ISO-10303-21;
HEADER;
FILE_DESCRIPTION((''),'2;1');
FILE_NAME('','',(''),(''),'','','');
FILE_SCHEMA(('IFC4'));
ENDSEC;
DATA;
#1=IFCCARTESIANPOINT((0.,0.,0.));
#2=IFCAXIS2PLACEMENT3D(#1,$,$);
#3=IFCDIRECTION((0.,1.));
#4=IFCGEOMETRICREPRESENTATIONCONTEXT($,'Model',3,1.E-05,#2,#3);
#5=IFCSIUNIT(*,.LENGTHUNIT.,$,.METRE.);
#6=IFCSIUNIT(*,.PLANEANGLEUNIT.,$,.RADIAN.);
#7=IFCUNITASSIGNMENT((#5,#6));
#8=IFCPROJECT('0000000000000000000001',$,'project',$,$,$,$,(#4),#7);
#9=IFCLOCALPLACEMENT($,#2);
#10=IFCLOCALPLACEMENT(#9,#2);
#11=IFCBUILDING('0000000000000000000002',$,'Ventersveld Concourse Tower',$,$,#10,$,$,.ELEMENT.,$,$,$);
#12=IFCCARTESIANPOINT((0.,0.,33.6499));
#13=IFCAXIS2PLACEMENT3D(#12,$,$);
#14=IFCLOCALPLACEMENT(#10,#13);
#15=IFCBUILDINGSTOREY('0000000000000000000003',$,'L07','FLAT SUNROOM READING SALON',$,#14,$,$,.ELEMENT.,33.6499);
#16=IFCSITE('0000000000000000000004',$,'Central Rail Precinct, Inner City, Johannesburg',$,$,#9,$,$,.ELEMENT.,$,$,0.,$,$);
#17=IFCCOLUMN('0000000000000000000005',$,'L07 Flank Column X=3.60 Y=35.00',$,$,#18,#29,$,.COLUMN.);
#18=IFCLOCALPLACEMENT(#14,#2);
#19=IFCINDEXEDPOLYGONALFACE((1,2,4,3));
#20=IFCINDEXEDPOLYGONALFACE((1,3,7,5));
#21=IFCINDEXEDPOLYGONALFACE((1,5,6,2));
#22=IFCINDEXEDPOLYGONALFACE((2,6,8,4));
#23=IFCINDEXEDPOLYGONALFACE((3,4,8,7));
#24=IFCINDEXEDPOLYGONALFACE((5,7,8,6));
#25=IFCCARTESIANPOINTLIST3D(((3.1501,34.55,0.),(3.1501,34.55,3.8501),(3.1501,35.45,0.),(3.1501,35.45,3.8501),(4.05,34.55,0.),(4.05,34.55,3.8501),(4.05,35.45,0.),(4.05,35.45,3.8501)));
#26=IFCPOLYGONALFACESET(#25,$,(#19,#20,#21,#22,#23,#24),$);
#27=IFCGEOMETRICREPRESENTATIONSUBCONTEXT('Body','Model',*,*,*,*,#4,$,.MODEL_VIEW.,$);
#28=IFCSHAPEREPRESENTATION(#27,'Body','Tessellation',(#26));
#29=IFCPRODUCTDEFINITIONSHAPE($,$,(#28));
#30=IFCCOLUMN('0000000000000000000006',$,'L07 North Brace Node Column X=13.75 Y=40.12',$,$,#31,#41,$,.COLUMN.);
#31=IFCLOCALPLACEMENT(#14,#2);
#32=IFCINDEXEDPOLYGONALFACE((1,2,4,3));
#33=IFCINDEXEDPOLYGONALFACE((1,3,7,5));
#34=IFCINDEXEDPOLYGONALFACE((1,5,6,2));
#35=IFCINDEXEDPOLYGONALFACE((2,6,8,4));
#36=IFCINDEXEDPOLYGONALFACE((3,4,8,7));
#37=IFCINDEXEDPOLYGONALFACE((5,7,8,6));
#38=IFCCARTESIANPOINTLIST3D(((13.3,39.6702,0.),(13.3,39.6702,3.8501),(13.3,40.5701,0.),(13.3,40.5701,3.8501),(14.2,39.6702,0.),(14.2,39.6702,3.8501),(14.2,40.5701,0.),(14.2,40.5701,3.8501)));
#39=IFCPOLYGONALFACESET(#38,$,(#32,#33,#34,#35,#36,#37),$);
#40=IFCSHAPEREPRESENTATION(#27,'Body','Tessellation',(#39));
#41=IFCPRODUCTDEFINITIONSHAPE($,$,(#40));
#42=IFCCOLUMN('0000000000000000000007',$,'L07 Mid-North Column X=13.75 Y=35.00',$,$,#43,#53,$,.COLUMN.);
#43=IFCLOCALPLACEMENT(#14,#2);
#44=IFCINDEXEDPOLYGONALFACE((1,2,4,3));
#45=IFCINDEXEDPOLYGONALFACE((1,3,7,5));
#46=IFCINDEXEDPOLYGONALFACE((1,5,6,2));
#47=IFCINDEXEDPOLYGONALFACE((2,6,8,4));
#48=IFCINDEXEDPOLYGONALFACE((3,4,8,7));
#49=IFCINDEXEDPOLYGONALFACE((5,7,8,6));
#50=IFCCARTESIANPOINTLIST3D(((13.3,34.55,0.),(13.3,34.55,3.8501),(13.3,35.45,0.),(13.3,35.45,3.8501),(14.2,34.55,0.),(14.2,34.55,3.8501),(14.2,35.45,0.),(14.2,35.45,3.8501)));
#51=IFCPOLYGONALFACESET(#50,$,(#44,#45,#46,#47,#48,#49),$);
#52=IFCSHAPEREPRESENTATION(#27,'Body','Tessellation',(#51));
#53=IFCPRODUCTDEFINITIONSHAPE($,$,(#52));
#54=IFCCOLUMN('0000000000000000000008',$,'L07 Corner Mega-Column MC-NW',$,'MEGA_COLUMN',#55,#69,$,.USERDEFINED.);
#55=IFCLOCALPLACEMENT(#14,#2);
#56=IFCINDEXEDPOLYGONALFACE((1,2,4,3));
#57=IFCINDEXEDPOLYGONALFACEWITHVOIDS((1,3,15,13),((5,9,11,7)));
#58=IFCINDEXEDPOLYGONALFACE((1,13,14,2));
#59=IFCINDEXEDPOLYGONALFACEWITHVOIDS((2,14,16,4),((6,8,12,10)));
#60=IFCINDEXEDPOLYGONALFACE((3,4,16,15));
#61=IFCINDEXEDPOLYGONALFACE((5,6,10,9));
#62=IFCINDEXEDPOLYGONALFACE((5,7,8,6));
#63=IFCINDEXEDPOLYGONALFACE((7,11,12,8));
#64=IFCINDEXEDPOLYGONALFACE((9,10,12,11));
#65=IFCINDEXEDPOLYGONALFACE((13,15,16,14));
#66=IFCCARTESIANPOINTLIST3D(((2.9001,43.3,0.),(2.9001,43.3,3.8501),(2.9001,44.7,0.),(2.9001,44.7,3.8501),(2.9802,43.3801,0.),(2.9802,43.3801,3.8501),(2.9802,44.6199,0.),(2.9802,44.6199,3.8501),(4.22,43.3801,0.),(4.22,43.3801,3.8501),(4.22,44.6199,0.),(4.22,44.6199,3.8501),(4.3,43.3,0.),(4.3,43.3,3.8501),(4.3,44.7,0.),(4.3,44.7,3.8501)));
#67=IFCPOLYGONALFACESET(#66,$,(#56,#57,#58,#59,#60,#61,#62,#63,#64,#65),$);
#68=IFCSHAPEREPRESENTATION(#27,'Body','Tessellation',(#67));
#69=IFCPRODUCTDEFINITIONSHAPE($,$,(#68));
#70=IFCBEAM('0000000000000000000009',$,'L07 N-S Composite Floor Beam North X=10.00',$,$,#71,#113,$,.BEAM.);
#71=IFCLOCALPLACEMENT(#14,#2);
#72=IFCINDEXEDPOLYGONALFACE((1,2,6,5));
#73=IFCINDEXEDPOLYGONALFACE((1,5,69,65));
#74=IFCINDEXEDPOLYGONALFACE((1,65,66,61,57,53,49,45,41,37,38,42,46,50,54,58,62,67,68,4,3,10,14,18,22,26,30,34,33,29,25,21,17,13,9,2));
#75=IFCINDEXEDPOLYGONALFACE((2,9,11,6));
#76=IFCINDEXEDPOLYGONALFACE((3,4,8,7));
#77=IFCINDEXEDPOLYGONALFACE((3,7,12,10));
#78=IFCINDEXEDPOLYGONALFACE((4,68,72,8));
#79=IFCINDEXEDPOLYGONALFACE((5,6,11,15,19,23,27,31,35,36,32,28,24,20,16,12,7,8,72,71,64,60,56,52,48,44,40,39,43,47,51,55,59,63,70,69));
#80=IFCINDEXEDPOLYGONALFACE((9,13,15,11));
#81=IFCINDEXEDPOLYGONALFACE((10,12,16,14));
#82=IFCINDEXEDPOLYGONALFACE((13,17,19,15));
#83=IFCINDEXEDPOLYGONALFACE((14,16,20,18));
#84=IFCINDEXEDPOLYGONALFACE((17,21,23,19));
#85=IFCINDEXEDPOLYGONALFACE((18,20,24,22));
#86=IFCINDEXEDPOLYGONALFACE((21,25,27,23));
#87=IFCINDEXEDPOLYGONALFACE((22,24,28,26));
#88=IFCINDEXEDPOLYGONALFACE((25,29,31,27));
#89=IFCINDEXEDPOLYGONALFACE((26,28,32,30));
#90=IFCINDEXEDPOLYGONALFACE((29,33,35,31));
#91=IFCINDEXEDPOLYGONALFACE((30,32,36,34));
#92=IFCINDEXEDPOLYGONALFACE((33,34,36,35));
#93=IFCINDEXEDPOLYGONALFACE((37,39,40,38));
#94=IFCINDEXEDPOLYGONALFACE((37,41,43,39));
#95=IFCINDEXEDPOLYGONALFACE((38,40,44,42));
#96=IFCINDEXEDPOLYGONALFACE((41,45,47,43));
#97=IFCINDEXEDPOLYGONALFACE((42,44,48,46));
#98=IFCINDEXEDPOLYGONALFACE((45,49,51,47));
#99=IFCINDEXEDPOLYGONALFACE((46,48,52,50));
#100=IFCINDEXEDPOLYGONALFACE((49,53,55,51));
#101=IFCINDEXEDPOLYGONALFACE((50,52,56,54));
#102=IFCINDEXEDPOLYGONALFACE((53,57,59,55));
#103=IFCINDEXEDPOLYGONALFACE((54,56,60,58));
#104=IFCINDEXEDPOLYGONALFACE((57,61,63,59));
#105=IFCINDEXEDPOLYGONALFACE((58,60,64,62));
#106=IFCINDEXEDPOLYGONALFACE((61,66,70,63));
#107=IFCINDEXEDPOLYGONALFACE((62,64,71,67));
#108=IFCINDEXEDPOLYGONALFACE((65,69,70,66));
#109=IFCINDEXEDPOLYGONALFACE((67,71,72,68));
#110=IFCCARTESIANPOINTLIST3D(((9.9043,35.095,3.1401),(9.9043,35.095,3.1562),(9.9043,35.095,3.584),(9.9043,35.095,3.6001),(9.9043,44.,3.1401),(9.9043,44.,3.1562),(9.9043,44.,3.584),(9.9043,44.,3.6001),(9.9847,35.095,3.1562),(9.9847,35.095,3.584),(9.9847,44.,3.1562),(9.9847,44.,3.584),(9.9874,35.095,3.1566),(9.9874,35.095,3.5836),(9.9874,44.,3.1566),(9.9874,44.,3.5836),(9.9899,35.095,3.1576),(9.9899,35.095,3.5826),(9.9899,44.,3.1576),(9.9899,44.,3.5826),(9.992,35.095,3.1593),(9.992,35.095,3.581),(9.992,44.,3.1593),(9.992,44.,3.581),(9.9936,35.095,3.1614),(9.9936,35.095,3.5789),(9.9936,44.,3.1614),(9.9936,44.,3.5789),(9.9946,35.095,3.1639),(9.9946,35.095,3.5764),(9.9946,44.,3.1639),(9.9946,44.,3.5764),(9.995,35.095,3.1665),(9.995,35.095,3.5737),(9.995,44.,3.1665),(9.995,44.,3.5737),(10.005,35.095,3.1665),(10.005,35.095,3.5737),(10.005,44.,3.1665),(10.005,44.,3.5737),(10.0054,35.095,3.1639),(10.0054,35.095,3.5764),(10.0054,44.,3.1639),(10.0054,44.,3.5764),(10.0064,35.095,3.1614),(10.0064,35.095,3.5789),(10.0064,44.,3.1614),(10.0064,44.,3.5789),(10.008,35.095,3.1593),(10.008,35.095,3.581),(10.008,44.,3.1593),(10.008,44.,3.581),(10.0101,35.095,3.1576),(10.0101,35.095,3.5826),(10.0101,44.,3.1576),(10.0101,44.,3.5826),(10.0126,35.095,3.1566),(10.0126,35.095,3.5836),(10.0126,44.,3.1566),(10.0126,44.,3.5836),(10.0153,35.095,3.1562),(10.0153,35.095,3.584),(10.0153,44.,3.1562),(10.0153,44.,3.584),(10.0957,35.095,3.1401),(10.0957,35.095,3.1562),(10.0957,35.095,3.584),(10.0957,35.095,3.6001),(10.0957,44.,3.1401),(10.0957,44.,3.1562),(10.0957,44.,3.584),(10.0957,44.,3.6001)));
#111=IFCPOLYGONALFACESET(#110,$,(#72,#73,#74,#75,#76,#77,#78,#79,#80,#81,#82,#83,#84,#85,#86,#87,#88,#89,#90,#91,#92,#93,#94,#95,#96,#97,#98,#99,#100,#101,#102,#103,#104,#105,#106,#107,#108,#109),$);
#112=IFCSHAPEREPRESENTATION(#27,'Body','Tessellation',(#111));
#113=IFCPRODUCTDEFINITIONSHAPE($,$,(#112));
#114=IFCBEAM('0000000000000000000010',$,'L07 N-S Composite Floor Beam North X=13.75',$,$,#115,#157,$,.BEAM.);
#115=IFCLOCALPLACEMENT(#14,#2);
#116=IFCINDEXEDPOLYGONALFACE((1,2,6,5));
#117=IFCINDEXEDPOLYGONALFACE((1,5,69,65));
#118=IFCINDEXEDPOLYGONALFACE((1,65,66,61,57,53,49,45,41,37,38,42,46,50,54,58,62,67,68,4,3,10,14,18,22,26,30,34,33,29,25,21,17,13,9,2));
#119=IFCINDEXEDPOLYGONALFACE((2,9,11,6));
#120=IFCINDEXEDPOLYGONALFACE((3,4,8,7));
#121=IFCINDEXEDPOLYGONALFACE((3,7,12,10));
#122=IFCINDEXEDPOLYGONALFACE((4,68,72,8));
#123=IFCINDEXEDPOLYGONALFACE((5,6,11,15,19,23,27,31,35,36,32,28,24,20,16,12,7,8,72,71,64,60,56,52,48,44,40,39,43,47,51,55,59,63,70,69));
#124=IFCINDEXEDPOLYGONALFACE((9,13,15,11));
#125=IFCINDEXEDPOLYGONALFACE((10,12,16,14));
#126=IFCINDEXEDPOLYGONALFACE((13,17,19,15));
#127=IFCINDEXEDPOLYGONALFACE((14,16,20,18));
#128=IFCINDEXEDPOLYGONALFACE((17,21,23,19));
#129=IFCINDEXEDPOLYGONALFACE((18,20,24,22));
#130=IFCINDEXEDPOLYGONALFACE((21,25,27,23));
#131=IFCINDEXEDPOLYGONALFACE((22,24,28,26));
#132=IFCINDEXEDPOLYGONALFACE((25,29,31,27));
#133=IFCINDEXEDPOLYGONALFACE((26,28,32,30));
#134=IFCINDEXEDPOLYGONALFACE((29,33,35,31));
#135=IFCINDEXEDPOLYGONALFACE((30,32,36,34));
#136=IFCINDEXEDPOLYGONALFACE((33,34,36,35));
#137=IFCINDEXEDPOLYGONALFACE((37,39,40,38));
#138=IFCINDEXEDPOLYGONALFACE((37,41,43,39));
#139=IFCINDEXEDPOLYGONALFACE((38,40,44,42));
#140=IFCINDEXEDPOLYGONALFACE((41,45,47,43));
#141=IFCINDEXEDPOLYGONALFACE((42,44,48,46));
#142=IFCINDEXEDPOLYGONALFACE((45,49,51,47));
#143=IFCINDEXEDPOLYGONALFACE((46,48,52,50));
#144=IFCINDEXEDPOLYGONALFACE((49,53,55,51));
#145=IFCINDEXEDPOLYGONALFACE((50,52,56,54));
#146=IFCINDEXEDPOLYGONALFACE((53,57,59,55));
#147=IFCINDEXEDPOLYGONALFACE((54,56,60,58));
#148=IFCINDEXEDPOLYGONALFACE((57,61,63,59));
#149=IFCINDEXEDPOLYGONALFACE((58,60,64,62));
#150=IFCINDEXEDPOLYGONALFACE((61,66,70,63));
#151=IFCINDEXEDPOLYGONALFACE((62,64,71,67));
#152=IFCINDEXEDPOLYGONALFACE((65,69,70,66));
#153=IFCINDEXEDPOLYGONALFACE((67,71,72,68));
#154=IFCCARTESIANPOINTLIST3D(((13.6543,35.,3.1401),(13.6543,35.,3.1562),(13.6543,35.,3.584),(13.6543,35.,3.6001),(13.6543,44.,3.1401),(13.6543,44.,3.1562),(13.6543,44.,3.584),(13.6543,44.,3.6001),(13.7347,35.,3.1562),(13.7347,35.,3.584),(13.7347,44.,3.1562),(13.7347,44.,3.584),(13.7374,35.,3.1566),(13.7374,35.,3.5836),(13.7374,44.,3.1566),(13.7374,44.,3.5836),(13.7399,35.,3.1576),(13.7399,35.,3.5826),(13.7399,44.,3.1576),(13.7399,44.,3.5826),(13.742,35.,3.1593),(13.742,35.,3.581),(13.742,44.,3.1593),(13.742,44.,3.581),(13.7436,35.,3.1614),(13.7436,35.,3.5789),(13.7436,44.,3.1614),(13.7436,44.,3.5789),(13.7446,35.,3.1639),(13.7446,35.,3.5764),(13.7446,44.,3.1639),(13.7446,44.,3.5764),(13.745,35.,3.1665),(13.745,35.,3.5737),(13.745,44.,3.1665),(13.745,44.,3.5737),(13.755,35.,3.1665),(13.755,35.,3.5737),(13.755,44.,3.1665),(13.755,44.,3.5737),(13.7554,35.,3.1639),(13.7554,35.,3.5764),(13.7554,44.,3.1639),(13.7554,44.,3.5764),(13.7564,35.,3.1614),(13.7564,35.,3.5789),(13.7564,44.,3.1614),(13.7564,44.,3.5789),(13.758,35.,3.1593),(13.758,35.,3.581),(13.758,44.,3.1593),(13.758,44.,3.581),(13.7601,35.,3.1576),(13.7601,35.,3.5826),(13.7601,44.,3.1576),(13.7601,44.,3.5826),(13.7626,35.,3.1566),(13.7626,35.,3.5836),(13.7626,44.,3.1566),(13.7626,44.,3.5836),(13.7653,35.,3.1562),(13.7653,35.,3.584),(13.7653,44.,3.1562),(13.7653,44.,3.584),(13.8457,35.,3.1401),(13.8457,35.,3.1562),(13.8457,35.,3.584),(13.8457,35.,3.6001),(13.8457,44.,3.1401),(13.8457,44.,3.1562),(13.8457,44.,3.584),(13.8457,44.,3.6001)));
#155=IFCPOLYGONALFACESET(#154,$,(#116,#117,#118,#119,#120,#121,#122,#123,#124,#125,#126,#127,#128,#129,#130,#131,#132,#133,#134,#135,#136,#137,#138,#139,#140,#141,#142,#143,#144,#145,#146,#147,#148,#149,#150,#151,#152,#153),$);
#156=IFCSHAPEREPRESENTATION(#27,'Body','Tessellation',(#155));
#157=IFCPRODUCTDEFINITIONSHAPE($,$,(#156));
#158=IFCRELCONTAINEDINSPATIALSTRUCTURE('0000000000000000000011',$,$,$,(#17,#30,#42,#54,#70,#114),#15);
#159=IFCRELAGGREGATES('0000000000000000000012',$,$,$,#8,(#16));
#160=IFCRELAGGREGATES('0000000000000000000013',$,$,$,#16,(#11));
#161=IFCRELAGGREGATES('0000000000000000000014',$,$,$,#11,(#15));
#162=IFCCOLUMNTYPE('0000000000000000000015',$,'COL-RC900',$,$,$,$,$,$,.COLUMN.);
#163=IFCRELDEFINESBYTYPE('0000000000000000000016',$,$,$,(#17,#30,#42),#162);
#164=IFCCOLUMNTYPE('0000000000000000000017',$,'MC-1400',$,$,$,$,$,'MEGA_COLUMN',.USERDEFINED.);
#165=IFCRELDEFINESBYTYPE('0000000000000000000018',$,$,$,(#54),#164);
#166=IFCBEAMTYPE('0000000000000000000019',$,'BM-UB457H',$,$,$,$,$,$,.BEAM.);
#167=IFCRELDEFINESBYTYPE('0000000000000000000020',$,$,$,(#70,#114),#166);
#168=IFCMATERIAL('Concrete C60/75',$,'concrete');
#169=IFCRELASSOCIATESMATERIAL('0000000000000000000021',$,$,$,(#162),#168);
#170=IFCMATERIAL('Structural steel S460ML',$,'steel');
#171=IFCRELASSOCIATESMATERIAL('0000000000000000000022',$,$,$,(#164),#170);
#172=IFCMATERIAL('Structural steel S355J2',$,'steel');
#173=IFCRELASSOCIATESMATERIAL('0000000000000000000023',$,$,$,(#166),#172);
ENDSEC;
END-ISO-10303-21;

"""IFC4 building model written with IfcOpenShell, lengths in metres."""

from ifc_helpers import new_model, si_unit, direction, frame, origin, origin_2d, place, context, subcontext, project, spatial, rectangle, hollow_rectangle, i_section, extrude, material, material_profile, profile_set, type_object, element, save


model = new_model("IFC4")

# Units and contexts
model_context = context("Model", 3, precision=1e-05, world=origin(), true_north=direction((0.0, 1.0)))
body_context = subcontext(model_context, "Body", "Model", "MODEL_VIEW")
ifc_project = project(units=[si_unit("LENGTHUNIT", "METRE"), si_unit("PLANEANGLEUNIT", "RADIAN")], contexts=[model_context])

# Site, building, storey
site_placement = place(None, origin())
site = spatial("IfcSite", under=ifc_project, at=site_placement, Name="Central Rail Precinct, Inner City, Johannesburg", CompositionType="ELEMENT", RefElevation=0.0)
building_placement = place(site_placement, origin())
building = spatial("IfcBuilding", under=site, at=building_placement, Name="Ventersveld Concourse Tower", CompositionType="ELEMENT")
storey_placement = place(building_placement, frame((0.0, 0.0, 33.6499)))
storey = spatial("IfcBuildingStorey", under=building, at=storey_placement, Name="L07", Description="FLAT SUNROOM READING SALON", CompositionType="ELEMENT", Elevation=33.6499)

# Columns
ifc_material_1 = material(Name="Concrete C60/75", Category="concrete")
ifc_material_profile_1 = material_profile(ifc_material_1, rectangle(XDim=0.8999, YDim=0.8999, at=origin_2d()), Name="RC 900x900")
ifc_profile_set_1 = profile_set([ifc_material_profile_1], Name="Concrete C60/75")
column_type_1 = type_object("IfcColumnType", Name="COL-RC900", PredefinedType="COLUMN", material=ifc_profile_set_1)
for number, where, z_axis, x_axis, name in (
    (1, (3.6001, 35.0, 0.0), (0.0, 0.0, 1.0), (1.0, 0.0, 0.0), "L07 Flank Column X=3.60 Y=35.00"),
    (2, (13.75, 40.1201, 0.0), (0.0, 0.0, 1.0), (1.0, 0.0, 0.0), "L07 North Brace Node Column X=13.75 Y=40.12"),
    (3, (13.75, 35.0, 0.0), (0.0, 0.0, 1.0), (1.0, 0.0, 0.0), "L07 Mid-North Column X=13.75 Y=35.00"),
):
    element("IfcColumn", number, at=place(storey_placement, frame(where, z_axis=z_axis, x_axis=x_axis)), inside=storey, type_object=column_type_1, Name=name, PredefinedType="COLUMN", context=body_context, shape_type="SweptSolid", body=[
        extrude(rectangle(XDim=0.8999, YDim=0.8999, at=origin_2d()), origin(), (0.0, 0.0, 1.0), 3.8501),
    ])
ifc_material_2 = material(Name="Structural steel S460ML", Category="steel")
ifc_material_profile_2 = material_profile(ifc_material_2, hollow_rectangle(XDim=1.3999, YDim=1.3999, WallThickness=0.0801, at=origin_2d()), Name="BOX 1400x1400x80")
ifc_profile_set_2 = profile_set([ifc_material_profile_2], Name="Structural steel S460ML")
column_type_2 = type_object("IfcColumnType", Name="MC-1400", ElementType="MEGA_COLUMN", PredefinedType="USERDEFINED", material=ifc_profile_set_2)
column_placement = place(storey_placement, frame((3.6001, 44.0, 0.0), z_axis=(0.0, 0.0, 1.0), x_axis=(1.0, 0.0, 0.0)))
element("IfcColumn", 4, at=column_placement, inside=storey, type_object=column_type_2, Name="L07 Corner Mega-Column MC-NW", ObjectType="MEGA_COLUMN", PredefinedType="USERDEFINED", context=body_context, shape_type="SweptSolid", body=[
    extrude(hollow_rectangle(XDim=1.3999, YDim=1.3999, WallThickness=0.0801, at=origin_2d()), origin(), (0.0, 0.0, 1.0), 3.8501),
])

# Beams
ifc_material_3 = material(Name="Structural steel S355J2", Category="steel")
ifc_material_profile_3 = material_profile(ifc_material_3, i_section(OverallWidth=0.1914, OverallDepth=0.46, WebThickness=0.01, FlangeThickness=0.0161, FilletRadius=0.0103, at=origin_2d()), Name="UB 457x191x82")
ifc_profile_set_3 = profile_set([ifc_material_profile_3], Name="Structural steel S355J2")
beam_type_1 = type_object("IfcBeamType", Name="BM-UB457H", PredefinedType="BEAM", material=ifc_profile_set_3)
beam_1_placement = place(storey_placement, frame((10.0, 35.095, 3.3701), z_axis=(0.0, 1.0, 0.0), x_axis=(-1.0, 0.0, 0.0)))
element("IfcBeam", 5, at=beam_1_placement, inside=storey, type_object=beam_type_1, Name="L07 N-S Composite Floor Beam North X=10.00", PredefinedType="BEAM", context=body_context, shape_type="SweptSolid", body=[
    extrude(i_section(OverallWidth=0.1914, OverallDepth=0.46, WebThickness=0.01, FlangeThickness=0.0161, FilletRadius=0.0103, at=origin_2d()), origin(), (0.0, 0.0, 1.0), 8.905),
])
beam_2_placement = place(storey_placement, frame((13.75, 35.0, 3.3701), z_axis=(0.0, 1.0, 0.0), x_axis=(-1.0, 0.0, 0.0)))
element("IfcBeam", 6, at=beam_2_placement, inside=storey, type_object=beam_type_1, Name="L07 N-S Composite Floor Beam North X=13.75", PredefinedType="BEAM", context=body_context, shape_type="SweptSolid", body=[
    extrude(i_section(OverallWidth=0.1914, OverallDepth=0.46, WebThickness=0.01, FlangeThickness=0.0161, FilletRadius=0.0103, at=origin_2d()), origin(), (0.0, 0.0, 1.0), 9.0),
])

save(model, "model.ifc")
